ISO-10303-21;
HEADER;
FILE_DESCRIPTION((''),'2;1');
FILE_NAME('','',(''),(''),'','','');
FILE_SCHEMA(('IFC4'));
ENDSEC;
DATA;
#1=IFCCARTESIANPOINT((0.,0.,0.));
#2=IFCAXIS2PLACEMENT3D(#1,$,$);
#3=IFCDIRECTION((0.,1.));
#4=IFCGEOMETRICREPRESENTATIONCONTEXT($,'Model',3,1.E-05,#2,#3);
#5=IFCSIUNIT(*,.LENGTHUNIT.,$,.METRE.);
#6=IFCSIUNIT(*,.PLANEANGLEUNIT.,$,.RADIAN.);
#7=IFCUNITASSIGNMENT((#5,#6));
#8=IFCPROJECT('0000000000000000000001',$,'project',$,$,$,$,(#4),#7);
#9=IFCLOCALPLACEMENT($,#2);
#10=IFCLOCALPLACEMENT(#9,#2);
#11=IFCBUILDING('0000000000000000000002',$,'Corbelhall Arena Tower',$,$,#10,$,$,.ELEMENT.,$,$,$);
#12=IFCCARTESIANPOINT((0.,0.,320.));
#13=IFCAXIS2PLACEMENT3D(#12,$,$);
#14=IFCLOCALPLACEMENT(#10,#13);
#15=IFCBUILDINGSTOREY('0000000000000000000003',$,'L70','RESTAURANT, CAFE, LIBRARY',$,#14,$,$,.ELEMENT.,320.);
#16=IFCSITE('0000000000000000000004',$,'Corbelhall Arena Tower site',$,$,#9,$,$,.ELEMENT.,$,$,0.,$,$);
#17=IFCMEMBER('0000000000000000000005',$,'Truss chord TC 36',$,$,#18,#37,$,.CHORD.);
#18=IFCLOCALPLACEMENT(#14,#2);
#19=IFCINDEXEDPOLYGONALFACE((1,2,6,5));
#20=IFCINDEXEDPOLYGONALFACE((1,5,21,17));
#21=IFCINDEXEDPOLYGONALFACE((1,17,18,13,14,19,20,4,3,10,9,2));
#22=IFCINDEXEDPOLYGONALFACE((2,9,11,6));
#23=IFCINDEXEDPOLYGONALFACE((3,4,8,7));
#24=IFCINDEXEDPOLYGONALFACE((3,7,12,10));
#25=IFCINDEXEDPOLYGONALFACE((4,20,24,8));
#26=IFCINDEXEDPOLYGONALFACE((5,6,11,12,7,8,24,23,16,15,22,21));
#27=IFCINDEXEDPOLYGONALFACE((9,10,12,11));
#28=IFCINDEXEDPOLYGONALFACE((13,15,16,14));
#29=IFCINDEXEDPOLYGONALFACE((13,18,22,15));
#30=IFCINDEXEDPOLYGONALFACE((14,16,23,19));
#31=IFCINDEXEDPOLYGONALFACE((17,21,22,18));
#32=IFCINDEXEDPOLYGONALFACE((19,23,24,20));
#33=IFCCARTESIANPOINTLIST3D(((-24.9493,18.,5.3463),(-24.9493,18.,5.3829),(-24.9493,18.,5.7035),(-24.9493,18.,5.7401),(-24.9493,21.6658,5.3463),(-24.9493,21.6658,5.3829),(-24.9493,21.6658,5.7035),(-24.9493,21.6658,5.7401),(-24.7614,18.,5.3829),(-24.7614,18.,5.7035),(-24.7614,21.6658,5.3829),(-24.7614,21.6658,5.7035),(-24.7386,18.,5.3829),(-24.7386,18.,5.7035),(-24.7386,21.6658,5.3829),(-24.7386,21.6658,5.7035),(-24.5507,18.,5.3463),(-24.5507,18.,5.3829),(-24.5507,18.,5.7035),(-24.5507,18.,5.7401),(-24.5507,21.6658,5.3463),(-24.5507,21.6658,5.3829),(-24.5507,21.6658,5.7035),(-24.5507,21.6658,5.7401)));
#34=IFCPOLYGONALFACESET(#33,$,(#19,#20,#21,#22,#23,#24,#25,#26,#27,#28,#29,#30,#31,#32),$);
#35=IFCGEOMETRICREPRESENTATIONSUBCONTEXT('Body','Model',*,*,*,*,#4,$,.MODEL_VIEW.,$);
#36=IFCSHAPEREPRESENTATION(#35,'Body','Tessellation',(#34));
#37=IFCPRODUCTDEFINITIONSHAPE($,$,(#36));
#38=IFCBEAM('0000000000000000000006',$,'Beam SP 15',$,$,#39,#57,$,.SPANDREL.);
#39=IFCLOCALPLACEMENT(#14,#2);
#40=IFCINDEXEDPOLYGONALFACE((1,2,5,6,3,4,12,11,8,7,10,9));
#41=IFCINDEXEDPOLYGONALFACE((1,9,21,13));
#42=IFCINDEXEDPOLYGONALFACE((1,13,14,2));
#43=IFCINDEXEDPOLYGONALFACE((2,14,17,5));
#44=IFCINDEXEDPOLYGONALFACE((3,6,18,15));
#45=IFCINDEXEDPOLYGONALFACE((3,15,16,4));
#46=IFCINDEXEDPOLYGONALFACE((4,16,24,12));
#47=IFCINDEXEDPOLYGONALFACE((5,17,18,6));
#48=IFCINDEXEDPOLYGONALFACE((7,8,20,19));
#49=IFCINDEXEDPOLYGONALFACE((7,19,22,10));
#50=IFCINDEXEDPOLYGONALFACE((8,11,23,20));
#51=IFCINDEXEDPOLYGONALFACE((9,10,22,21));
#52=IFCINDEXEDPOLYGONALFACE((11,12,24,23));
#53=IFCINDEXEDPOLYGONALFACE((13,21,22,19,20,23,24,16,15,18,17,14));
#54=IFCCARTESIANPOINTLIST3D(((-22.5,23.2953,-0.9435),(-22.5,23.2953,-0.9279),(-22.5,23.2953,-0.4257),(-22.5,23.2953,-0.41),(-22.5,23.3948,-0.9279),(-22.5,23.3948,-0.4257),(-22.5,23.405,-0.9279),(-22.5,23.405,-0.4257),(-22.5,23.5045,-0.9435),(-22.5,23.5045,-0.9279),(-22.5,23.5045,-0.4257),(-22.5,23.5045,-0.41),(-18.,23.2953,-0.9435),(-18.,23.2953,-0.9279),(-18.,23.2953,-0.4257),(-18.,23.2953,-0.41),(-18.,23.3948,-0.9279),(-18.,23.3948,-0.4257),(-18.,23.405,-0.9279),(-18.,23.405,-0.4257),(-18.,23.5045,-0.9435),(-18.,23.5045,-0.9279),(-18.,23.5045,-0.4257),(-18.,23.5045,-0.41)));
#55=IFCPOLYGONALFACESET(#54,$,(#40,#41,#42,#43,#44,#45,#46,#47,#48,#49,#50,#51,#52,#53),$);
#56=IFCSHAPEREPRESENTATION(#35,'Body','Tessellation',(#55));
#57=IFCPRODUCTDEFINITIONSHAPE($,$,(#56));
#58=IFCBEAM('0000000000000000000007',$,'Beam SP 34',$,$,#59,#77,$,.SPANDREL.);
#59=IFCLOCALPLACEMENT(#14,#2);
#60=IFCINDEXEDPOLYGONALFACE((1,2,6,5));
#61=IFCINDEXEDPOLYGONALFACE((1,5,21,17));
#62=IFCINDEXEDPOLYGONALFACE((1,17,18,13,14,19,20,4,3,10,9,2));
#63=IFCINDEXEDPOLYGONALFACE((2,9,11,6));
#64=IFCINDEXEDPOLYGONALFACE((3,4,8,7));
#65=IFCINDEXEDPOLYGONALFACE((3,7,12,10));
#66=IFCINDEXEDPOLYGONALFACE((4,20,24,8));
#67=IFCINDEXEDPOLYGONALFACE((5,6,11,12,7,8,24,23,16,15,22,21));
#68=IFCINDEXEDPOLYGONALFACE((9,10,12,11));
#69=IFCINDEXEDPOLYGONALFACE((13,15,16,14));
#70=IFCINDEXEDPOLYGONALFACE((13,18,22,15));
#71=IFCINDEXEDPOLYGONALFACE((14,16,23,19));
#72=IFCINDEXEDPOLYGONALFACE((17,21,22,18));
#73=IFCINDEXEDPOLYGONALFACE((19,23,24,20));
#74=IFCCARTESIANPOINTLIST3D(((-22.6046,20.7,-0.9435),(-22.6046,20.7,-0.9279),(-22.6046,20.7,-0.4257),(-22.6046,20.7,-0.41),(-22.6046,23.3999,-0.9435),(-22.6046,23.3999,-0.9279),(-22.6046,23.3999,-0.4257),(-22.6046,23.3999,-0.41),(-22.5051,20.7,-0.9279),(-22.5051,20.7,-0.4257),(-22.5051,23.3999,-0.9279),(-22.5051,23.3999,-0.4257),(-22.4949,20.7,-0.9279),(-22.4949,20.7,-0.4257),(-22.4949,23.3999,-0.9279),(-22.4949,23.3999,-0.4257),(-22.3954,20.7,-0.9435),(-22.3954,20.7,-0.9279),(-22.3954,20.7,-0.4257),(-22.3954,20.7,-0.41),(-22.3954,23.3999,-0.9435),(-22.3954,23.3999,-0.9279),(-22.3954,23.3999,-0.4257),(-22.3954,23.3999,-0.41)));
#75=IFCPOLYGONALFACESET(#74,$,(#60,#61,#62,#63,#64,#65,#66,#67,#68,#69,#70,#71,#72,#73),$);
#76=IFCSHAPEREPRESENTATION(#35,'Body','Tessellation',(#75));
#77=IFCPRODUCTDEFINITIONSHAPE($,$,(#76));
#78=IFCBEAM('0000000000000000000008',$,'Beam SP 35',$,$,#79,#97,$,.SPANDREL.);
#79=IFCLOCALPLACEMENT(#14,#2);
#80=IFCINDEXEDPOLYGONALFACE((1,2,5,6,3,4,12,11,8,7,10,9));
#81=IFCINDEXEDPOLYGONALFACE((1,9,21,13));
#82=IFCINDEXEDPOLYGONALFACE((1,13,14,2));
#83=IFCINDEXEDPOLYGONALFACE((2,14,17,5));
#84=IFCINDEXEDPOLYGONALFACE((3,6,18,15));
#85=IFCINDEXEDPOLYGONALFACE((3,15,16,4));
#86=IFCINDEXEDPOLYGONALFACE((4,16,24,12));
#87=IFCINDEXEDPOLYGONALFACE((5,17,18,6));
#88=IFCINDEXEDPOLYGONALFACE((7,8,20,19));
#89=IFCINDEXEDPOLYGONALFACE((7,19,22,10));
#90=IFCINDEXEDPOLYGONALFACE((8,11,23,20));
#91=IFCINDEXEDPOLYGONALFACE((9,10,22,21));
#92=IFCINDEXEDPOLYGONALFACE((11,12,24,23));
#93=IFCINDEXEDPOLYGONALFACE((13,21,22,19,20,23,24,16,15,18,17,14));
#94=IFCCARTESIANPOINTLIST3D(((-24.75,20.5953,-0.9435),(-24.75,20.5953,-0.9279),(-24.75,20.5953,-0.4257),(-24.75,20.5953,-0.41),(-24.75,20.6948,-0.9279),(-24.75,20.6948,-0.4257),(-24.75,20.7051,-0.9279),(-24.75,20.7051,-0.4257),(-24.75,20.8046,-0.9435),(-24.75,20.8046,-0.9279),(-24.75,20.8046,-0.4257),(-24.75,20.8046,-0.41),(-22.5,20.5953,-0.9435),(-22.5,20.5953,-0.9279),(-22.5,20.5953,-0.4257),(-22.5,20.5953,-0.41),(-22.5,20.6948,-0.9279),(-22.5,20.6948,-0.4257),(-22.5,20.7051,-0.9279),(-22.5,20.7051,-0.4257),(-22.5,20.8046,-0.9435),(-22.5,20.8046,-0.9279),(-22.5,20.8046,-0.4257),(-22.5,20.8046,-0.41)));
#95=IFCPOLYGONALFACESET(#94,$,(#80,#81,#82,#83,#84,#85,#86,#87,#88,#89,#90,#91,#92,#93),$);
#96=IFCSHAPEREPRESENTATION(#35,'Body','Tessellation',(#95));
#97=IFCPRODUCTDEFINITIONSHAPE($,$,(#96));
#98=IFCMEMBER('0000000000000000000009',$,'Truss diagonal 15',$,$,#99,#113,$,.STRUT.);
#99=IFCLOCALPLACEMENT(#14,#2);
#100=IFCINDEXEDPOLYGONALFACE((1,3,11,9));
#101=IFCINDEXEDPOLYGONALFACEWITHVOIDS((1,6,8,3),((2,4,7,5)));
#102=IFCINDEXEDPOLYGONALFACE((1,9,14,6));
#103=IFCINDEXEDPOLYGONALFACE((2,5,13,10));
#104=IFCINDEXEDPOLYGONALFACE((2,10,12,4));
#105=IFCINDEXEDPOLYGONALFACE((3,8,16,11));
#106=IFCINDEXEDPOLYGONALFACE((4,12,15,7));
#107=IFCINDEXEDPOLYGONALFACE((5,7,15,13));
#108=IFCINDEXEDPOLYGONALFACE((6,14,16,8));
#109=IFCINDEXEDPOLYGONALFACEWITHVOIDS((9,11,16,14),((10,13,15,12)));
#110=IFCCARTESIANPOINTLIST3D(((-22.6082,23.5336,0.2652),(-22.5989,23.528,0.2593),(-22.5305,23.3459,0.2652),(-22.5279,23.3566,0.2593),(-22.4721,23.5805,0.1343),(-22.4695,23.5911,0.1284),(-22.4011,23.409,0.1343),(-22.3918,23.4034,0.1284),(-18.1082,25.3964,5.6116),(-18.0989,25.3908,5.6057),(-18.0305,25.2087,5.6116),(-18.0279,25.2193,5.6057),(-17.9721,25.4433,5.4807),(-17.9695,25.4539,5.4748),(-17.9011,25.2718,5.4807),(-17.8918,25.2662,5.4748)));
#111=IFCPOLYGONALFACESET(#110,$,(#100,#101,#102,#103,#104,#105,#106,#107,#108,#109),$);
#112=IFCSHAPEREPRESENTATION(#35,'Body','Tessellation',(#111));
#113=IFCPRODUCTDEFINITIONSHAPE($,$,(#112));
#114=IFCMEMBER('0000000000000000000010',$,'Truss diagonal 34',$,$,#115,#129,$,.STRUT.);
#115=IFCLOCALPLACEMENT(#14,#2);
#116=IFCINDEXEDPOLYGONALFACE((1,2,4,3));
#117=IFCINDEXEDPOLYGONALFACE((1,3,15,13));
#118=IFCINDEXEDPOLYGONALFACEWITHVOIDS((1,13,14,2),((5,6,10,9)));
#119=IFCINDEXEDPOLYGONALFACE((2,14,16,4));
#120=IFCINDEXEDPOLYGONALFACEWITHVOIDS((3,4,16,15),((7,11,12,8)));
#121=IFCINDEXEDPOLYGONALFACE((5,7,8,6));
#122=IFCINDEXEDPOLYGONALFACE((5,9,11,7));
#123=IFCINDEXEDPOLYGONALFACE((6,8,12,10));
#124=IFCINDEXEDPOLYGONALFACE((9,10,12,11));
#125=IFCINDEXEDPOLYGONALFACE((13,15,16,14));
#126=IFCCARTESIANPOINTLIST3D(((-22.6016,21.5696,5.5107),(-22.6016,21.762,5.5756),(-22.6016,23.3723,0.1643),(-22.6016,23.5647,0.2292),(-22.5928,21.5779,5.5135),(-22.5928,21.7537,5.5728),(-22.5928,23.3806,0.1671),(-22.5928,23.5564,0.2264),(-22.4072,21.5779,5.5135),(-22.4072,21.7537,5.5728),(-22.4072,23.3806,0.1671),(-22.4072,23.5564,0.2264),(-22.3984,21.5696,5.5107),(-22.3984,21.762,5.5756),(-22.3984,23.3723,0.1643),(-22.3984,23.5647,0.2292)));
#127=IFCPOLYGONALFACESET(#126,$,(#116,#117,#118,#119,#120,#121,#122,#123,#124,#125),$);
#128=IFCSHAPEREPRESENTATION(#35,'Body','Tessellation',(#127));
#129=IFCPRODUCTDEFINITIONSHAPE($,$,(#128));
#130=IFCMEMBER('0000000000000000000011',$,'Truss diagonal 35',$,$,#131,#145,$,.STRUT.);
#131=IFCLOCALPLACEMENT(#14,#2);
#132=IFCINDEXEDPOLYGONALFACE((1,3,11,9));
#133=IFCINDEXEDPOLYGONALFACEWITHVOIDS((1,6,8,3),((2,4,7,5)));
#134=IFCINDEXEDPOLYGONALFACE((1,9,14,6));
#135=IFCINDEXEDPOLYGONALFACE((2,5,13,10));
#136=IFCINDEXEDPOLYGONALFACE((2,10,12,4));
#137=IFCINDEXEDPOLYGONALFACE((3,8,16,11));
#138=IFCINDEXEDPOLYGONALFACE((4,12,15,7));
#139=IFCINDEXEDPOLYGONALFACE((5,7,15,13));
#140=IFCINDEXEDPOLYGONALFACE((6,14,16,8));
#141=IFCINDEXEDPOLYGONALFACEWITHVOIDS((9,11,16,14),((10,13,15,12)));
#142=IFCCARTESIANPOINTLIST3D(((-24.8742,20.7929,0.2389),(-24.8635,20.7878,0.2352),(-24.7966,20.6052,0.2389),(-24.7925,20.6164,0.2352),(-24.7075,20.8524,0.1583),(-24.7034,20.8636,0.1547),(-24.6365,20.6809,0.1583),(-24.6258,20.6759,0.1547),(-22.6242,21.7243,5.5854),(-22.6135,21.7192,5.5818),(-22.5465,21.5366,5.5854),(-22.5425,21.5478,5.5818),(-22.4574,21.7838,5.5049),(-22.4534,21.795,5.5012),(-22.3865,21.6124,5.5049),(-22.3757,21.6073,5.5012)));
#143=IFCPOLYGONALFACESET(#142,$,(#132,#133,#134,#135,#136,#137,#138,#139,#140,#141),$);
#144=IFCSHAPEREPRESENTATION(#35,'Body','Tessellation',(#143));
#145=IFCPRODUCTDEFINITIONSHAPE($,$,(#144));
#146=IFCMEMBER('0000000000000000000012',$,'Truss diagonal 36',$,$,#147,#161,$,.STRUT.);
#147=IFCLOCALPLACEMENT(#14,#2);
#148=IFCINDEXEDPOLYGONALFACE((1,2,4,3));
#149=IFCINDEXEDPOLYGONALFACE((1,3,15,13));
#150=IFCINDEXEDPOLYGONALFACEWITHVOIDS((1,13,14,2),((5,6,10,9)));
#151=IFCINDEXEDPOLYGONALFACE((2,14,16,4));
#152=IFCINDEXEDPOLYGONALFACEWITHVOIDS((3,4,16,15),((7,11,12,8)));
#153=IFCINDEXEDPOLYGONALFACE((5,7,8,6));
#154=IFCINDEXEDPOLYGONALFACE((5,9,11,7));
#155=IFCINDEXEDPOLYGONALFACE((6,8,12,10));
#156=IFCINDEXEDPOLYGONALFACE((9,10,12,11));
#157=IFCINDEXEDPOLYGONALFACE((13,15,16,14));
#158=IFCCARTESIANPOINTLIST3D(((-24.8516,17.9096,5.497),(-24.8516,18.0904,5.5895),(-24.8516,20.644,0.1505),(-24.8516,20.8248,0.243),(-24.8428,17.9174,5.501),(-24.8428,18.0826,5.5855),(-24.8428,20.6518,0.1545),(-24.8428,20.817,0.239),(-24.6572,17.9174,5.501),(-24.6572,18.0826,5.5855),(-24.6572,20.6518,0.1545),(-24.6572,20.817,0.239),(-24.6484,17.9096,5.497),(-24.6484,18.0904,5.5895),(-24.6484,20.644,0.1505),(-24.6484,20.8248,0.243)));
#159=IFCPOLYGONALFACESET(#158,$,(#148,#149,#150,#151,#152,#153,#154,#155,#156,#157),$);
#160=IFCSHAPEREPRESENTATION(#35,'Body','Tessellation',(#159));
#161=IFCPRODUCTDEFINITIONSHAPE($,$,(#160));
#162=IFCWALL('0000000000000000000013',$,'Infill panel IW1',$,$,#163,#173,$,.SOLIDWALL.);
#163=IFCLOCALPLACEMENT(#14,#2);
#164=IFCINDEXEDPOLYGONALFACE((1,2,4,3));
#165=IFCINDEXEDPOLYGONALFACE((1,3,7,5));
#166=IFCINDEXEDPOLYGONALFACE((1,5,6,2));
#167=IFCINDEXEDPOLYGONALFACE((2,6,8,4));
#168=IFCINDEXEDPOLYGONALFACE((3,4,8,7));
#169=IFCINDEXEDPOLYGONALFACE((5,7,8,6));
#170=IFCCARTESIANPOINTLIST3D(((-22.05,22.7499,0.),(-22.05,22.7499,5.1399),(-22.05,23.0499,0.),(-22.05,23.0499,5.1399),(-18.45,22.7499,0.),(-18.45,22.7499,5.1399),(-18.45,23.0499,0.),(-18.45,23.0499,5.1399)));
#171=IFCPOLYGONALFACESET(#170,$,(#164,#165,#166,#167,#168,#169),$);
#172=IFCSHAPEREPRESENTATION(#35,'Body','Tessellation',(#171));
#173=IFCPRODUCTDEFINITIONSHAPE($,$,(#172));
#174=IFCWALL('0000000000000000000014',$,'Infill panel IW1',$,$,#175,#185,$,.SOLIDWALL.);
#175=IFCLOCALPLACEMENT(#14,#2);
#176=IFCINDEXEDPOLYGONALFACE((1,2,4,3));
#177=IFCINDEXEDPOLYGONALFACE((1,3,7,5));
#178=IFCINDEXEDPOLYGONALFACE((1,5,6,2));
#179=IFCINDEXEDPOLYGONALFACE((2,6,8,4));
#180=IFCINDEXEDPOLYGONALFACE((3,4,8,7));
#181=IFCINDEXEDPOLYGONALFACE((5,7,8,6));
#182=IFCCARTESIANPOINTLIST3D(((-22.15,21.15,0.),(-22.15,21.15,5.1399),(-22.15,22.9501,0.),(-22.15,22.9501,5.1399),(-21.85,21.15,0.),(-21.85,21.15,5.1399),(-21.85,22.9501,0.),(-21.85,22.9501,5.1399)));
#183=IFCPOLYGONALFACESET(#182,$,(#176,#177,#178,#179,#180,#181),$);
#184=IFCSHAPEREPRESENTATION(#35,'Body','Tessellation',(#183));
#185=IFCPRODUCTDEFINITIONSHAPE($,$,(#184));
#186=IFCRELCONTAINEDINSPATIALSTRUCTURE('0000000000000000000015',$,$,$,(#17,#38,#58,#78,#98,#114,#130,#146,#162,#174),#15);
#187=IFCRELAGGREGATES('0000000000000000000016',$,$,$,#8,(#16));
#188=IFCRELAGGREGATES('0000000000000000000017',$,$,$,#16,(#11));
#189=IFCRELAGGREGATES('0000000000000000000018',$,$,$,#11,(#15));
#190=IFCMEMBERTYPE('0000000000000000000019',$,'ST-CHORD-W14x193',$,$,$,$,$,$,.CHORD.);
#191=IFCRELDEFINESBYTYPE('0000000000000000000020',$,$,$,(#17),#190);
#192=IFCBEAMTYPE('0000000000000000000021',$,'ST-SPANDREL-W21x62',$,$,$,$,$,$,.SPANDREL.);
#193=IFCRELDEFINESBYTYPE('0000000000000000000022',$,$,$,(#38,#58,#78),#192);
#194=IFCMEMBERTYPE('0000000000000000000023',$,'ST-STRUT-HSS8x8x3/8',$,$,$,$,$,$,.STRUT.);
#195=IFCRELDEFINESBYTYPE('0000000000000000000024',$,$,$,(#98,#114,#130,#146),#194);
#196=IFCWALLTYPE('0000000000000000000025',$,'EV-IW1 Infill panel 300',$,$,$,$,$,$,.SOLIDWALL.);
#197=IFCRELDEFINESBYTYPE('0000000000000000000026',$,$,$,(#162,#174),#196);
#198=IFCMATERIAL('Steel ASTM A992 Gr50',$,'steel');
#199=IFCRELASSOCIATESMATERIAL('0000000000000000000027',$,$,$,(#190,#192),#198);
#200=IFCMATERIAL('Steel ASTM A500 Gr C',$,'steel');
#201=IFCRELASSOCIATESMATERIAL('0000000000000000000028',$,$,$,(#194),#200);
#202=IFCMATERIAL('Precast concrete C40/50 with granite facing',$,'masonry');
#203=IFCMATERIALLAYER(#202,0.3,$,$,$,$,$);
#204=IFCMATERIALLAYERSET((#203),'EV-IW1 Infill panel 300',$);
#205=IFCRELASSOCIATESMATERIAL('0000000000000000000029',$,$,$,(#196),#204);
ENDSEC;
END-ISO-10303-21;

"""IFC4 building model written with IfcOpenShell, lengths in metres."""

from ifc_helpers import new_model, si_unit, direction, frame, frame_2d, origin, origin_2d, place, context, subcontext, project, spatial, rectangle, hollow_rectangle, i_section, extrude, material, layer, layer_set, material_profile, profile_set, type_object, element, save


model = new_model("IFC4")

# Units and contexts
model_context = context("Model", 3, precision=1e-05, world=origin(), true_north=direction((0.0, 1.0)))
body_context = subcontext(model_context, "Body", "Model", "MODEL_VIEW")
ifc_project = project(units=[si_unit("LENGTHUNIT", "METRE"), si_unit("PLANEANGLEUNIT", "RADIAN")], contexts=[model_context])

# Site, building, storey
site_placement = place(None, origin())
site = spatial("IfcSite", under=ifc_project, at=site_placement, Name="Corbelhall Arena Tower site", CompositionType="ELEMENT", RefElevation=0.0)
building_placement = place(site_placement, origin())
building = spatial("IfcBuilding", under=site, at=building_placement, Name="Corbelhall Arena Tower", CompositionType="ELEMENT")
storey_placement = place(building_placement, frame((0.0, 0.0, 320.0)))
storey = spatial("IfcBuildingStorey", under=building, at=storey_placement, Name="L70", Description="RESTAURANT, CAFE, LIBRARY", CompositionType="ELEMENT", Elevation=320.0)

# Member
ifc_material_1 = material(Name="Steel ASTM A992 Gr50", Category="steel")
ifc_material_profile_1 = material_profile(ifc_material_1, i_section(OverallWidth=0.3987, OverallDepth=0.3938, WebThickness=0.0227, FlangeThickness=0.0366, at=origin_2d()))
ifc_profile_set_1 = profile_set([ifc_material_profile_1], Name="Steel ASTM A992 Gr50")
member_type_1 = type_object("IfcMemberType", Name="ST-CHORD-W14x193", PredefinedType="CHORD", material=ifc_profile_set_1)
member_1_placement = place(storey_placement, frame((-24.75, 18.0, 5.5432), z_axis=(0.0, 1.0, 0.0), x_axis=(-1.0, 0.0, 0.0)))
element("IfcMember", 1, at=member_1_placement, inside=storey, type_object=member_type_1, Name="Truss chord TC 36", PredefinedType="CHORD", context=body_context, shape_type="SweptSolid", body=[
    extrude(i_section(OverallWidth=0.3987, OverallDepth=0.3938, WebThickness=0.0227, FlangeThickness=0.0366, at=origin_2d()), origin(), (0.0, 0.0, 1.0), 3.6658),
])

# Beams
ifc_material_profile_2 = material_profile(ifc_material_1, i_section(OverallWidth=0.2092, OverallDepth=0.5334, WebThickness=0.0103, FlangeThickness=0.0156, at=origin_2d()))
ifc_profile_set_2 = profile_set([ifc_material_profile_2], Name="Steel ASTM A992 Gr50")
beam_type = type_object("IfcBeamType", Name="ST-SPANDREL-W21x62", PredefinedType="SPANDREL", material=ifc_profile_set_2)
beam_1_placement = place(storey_placement, frame((-22.5, 23.3999, -0.6768), z_axis=(1.0, 0.0, 0.0), x_axis=(0.0, 1.0, 0.0)))
element("IfcBeam", 2, at=beam_1_placement, inside=storey, type_object=beam_type, Name="Beam SP 15", PredefinedType="SPANDREL", context=body_context, shape_type="SweptSolid", body=[
    extrude(i_section(OverallWidth=0.2092, OverallDepth=0.5334, WebThickness=0.0103, FlangeThickness=0.0156, at=origin_2d()), origin(), (0.0, 0.0, 1.0), 4.5),
])
beam_2_placement = place(storey_placement, frame((-22.5, 20.7, -0.6768), z_axis=(0.0, 1.0, 0.0), x_axis=(-1.0, 0.0, 0.0)))
element("IfcBeam", 3, at=beam_2_placement, inside=storey, type_object=beam_type, Name="Beam SP 34", PredefinedType="SPANDREL", context=body_context, shape_type="SweptSolid", body=[
    extrude(i_section(OverallWidth=0.2092, OverallDepth=0.5334, WebThickness=0.0103, FlangeThickness=0.0156, at=origin_2d()), origin(), (0.0, 0.0, 1.0), 2.7),
])
beam_3_placement = place(storey_placement, frame((-24.75, 20.7, -0.6768), z_axis=(1.0, 0.0, 0.0), x_axis=(0.0, 1.0, 0.0)))
element("IfcBeam", 4, at=beam_3_placement, inside=storey, type_object=beam_type, Name="Beam SP 35", PredefinedType="SPANDREL", context=body_context, shape_type="SweptSolid", body=[
    extrude(i_section(OverallWidth=0.2092, OverallDepth=0.5334, WebThickness=0.0103, FlangeThickness=0.0156, at=origin_2d()), origin(), (0.0, 0.0, 1.0), 2.25),
])

# Members
ifc_material_2 = material(Name="Steel ASTM A500 Gr C", Category="steel")
ifc_material_profile_3 = material_profile(ifc_material_2, hollow_rectangle(XDim=0.2031, YDim=0.2031, WallThickness=0.0088, at=origin_2d()))
ifc_profile_set_3 = profile_set([ifc_material_profile_3], Name="Steel ASTM A500 Gr C")
member_type_2 = type_object("IfcMemberType", Name="ST-STRUT-HSS8x8x3/8", PredefinedType="STRUT", material=ifc_profile_set_3)
member_2_placement = place(storey_placement, frame((-22.5, 23.4685, 0.1968), z_axis=(0.622219, 0.25757, 0.739257), x_axis=(-0.382479, 0.923964, 0.0)))
element("IfcMember", 5, at=member_2_placement, inside=storey, type_object=member_type_2, Name="Truss diagonal 15", PredefinedType="STRUT", context=body_context, shape_type="SweptSolid", body=[
    extrude(hollow_rectangle(XDim=0.2031, YDim=0.2031, WallThickness=0.0088, at=origin_2d()), origin(), (0.0, 0.0, 1.0), 7.2322),
])
member_3_placement = place(storey_placement, frame((-22.5, 23.4685, 0.1968), z_axis=(0.0, -0.31951, 0.947583), x_axis=(1.0, 0.0, 0.0)))
element("IfcMember", 6, at=member_3_placement, inside=storey, type_object=member_type_2, Name="Truss diagonal 34", PredefinedType="STRUT", context=body_context, shape_type="SweptSolid", body=[
    extrude(hollow_rectangle(XDim=0.2031, YDim=0.2031, WallThickness=0.0088, at=origin_2d()), origin(), (0.0, 0.0, 1.0), 5.6421),
])
member_4_placement = place(storey_placement, frame((-24.75, 20.7344, 0.1968), z_axis=(0.382986, 0.158538, 0.910048), x_axis=(-0.382479, 0.923964, 0.0)))
element("IfcMember", 7, at=member_4_placement, inside=storey, type_object=member_type_2, Name="Truss diagonal 35", PredefinedType="STRUT", context=body_context, shape_type="SweptSolid", body=[
    extrude(hollow_rectangle(XDim=0.2031, YDim=0.2031, WallThickness=0.0088, at=origin_2d()), origin(), (0.0, 0.0, 1.0), 5.875),
])
member_5_placement = place(storey_placement, frame((-24.75, 20.7344, 0.1968), z_axis=(0.0, -0.455342, 0.890316), x_axis=(1.0, 0.0, 0.0)))
element("IfcMember", 8, at=member_5_placement, inside=storey, type_object=member_type_2, Name="Truss diagonal 36", PredefinedType="STRUT", context=body_context, shape_type="SweptSolid", body=[
    extrude(hollow_rectangle(XDim=0.2031, YDim=0.2031, WallThickness=0.0088, at=origin_2d()), origin(), (0.0, 0.0, 1.0), 6.0051),
])

# Walls
ifc_material_3 = material(Name="Precast concrete C40/50 with granite facing", Category="masonry")
ifc_layer_1 = layer(ifc_material_3, 0.3)
ifc_layer_set_1 = layer_set([ifc_layer_1], Name="EV-IW1 Infill panel 300")
wall_type_1 = type_object("IfcWallType", Name="EV-IW1 Infill panel 300", PredefinedType="SOLIDWALL", material=ifc_layer_set_1)
wall_1_placement = place(storey_placement, frame((-18.45, 22.8999, 0.0), z_axis=(0.0, 0.0, 1.0), x_axis=(-1.0, 0.0, 0.0)))
element("IfcWall", 9, at=wall_1_placement, inside=storey, type_object=wall_type_1, Name="Infill panel IW1", PredefinedType="SOLIDWALL", context=body_context, shape_type="SweptSolid", body=[
    extrude(rectangle(XDim=3.6001, YDim=0.3, at=frame_2d((1.8, 0.0))), origin(), (0.0, 0.0, 1.0), 5.1399),
])
wall_2_placement = place(storey_placement, frame((-22.0, 22.95, 0.0), z_axis=(0.0, 0.0, 1.0), x_axis=(0.0, -1.0, 0.0)))
element("IfcWall", 10, at=wall_2_placement, inside=storey, type_object=wall_type_1, Name="Infill panel IW1", PredefinedType="SOLIDWALL", context=body_context, shape_type="SweptSolid", body=[
    extrude(rectangle(XDim=1.8, YDim=0.3, at=frame_2d((0.8999, 0.0))), origin(), (0.0, 0.0, 1.0), 5.1399),
])

save(model, "model.ifc")
